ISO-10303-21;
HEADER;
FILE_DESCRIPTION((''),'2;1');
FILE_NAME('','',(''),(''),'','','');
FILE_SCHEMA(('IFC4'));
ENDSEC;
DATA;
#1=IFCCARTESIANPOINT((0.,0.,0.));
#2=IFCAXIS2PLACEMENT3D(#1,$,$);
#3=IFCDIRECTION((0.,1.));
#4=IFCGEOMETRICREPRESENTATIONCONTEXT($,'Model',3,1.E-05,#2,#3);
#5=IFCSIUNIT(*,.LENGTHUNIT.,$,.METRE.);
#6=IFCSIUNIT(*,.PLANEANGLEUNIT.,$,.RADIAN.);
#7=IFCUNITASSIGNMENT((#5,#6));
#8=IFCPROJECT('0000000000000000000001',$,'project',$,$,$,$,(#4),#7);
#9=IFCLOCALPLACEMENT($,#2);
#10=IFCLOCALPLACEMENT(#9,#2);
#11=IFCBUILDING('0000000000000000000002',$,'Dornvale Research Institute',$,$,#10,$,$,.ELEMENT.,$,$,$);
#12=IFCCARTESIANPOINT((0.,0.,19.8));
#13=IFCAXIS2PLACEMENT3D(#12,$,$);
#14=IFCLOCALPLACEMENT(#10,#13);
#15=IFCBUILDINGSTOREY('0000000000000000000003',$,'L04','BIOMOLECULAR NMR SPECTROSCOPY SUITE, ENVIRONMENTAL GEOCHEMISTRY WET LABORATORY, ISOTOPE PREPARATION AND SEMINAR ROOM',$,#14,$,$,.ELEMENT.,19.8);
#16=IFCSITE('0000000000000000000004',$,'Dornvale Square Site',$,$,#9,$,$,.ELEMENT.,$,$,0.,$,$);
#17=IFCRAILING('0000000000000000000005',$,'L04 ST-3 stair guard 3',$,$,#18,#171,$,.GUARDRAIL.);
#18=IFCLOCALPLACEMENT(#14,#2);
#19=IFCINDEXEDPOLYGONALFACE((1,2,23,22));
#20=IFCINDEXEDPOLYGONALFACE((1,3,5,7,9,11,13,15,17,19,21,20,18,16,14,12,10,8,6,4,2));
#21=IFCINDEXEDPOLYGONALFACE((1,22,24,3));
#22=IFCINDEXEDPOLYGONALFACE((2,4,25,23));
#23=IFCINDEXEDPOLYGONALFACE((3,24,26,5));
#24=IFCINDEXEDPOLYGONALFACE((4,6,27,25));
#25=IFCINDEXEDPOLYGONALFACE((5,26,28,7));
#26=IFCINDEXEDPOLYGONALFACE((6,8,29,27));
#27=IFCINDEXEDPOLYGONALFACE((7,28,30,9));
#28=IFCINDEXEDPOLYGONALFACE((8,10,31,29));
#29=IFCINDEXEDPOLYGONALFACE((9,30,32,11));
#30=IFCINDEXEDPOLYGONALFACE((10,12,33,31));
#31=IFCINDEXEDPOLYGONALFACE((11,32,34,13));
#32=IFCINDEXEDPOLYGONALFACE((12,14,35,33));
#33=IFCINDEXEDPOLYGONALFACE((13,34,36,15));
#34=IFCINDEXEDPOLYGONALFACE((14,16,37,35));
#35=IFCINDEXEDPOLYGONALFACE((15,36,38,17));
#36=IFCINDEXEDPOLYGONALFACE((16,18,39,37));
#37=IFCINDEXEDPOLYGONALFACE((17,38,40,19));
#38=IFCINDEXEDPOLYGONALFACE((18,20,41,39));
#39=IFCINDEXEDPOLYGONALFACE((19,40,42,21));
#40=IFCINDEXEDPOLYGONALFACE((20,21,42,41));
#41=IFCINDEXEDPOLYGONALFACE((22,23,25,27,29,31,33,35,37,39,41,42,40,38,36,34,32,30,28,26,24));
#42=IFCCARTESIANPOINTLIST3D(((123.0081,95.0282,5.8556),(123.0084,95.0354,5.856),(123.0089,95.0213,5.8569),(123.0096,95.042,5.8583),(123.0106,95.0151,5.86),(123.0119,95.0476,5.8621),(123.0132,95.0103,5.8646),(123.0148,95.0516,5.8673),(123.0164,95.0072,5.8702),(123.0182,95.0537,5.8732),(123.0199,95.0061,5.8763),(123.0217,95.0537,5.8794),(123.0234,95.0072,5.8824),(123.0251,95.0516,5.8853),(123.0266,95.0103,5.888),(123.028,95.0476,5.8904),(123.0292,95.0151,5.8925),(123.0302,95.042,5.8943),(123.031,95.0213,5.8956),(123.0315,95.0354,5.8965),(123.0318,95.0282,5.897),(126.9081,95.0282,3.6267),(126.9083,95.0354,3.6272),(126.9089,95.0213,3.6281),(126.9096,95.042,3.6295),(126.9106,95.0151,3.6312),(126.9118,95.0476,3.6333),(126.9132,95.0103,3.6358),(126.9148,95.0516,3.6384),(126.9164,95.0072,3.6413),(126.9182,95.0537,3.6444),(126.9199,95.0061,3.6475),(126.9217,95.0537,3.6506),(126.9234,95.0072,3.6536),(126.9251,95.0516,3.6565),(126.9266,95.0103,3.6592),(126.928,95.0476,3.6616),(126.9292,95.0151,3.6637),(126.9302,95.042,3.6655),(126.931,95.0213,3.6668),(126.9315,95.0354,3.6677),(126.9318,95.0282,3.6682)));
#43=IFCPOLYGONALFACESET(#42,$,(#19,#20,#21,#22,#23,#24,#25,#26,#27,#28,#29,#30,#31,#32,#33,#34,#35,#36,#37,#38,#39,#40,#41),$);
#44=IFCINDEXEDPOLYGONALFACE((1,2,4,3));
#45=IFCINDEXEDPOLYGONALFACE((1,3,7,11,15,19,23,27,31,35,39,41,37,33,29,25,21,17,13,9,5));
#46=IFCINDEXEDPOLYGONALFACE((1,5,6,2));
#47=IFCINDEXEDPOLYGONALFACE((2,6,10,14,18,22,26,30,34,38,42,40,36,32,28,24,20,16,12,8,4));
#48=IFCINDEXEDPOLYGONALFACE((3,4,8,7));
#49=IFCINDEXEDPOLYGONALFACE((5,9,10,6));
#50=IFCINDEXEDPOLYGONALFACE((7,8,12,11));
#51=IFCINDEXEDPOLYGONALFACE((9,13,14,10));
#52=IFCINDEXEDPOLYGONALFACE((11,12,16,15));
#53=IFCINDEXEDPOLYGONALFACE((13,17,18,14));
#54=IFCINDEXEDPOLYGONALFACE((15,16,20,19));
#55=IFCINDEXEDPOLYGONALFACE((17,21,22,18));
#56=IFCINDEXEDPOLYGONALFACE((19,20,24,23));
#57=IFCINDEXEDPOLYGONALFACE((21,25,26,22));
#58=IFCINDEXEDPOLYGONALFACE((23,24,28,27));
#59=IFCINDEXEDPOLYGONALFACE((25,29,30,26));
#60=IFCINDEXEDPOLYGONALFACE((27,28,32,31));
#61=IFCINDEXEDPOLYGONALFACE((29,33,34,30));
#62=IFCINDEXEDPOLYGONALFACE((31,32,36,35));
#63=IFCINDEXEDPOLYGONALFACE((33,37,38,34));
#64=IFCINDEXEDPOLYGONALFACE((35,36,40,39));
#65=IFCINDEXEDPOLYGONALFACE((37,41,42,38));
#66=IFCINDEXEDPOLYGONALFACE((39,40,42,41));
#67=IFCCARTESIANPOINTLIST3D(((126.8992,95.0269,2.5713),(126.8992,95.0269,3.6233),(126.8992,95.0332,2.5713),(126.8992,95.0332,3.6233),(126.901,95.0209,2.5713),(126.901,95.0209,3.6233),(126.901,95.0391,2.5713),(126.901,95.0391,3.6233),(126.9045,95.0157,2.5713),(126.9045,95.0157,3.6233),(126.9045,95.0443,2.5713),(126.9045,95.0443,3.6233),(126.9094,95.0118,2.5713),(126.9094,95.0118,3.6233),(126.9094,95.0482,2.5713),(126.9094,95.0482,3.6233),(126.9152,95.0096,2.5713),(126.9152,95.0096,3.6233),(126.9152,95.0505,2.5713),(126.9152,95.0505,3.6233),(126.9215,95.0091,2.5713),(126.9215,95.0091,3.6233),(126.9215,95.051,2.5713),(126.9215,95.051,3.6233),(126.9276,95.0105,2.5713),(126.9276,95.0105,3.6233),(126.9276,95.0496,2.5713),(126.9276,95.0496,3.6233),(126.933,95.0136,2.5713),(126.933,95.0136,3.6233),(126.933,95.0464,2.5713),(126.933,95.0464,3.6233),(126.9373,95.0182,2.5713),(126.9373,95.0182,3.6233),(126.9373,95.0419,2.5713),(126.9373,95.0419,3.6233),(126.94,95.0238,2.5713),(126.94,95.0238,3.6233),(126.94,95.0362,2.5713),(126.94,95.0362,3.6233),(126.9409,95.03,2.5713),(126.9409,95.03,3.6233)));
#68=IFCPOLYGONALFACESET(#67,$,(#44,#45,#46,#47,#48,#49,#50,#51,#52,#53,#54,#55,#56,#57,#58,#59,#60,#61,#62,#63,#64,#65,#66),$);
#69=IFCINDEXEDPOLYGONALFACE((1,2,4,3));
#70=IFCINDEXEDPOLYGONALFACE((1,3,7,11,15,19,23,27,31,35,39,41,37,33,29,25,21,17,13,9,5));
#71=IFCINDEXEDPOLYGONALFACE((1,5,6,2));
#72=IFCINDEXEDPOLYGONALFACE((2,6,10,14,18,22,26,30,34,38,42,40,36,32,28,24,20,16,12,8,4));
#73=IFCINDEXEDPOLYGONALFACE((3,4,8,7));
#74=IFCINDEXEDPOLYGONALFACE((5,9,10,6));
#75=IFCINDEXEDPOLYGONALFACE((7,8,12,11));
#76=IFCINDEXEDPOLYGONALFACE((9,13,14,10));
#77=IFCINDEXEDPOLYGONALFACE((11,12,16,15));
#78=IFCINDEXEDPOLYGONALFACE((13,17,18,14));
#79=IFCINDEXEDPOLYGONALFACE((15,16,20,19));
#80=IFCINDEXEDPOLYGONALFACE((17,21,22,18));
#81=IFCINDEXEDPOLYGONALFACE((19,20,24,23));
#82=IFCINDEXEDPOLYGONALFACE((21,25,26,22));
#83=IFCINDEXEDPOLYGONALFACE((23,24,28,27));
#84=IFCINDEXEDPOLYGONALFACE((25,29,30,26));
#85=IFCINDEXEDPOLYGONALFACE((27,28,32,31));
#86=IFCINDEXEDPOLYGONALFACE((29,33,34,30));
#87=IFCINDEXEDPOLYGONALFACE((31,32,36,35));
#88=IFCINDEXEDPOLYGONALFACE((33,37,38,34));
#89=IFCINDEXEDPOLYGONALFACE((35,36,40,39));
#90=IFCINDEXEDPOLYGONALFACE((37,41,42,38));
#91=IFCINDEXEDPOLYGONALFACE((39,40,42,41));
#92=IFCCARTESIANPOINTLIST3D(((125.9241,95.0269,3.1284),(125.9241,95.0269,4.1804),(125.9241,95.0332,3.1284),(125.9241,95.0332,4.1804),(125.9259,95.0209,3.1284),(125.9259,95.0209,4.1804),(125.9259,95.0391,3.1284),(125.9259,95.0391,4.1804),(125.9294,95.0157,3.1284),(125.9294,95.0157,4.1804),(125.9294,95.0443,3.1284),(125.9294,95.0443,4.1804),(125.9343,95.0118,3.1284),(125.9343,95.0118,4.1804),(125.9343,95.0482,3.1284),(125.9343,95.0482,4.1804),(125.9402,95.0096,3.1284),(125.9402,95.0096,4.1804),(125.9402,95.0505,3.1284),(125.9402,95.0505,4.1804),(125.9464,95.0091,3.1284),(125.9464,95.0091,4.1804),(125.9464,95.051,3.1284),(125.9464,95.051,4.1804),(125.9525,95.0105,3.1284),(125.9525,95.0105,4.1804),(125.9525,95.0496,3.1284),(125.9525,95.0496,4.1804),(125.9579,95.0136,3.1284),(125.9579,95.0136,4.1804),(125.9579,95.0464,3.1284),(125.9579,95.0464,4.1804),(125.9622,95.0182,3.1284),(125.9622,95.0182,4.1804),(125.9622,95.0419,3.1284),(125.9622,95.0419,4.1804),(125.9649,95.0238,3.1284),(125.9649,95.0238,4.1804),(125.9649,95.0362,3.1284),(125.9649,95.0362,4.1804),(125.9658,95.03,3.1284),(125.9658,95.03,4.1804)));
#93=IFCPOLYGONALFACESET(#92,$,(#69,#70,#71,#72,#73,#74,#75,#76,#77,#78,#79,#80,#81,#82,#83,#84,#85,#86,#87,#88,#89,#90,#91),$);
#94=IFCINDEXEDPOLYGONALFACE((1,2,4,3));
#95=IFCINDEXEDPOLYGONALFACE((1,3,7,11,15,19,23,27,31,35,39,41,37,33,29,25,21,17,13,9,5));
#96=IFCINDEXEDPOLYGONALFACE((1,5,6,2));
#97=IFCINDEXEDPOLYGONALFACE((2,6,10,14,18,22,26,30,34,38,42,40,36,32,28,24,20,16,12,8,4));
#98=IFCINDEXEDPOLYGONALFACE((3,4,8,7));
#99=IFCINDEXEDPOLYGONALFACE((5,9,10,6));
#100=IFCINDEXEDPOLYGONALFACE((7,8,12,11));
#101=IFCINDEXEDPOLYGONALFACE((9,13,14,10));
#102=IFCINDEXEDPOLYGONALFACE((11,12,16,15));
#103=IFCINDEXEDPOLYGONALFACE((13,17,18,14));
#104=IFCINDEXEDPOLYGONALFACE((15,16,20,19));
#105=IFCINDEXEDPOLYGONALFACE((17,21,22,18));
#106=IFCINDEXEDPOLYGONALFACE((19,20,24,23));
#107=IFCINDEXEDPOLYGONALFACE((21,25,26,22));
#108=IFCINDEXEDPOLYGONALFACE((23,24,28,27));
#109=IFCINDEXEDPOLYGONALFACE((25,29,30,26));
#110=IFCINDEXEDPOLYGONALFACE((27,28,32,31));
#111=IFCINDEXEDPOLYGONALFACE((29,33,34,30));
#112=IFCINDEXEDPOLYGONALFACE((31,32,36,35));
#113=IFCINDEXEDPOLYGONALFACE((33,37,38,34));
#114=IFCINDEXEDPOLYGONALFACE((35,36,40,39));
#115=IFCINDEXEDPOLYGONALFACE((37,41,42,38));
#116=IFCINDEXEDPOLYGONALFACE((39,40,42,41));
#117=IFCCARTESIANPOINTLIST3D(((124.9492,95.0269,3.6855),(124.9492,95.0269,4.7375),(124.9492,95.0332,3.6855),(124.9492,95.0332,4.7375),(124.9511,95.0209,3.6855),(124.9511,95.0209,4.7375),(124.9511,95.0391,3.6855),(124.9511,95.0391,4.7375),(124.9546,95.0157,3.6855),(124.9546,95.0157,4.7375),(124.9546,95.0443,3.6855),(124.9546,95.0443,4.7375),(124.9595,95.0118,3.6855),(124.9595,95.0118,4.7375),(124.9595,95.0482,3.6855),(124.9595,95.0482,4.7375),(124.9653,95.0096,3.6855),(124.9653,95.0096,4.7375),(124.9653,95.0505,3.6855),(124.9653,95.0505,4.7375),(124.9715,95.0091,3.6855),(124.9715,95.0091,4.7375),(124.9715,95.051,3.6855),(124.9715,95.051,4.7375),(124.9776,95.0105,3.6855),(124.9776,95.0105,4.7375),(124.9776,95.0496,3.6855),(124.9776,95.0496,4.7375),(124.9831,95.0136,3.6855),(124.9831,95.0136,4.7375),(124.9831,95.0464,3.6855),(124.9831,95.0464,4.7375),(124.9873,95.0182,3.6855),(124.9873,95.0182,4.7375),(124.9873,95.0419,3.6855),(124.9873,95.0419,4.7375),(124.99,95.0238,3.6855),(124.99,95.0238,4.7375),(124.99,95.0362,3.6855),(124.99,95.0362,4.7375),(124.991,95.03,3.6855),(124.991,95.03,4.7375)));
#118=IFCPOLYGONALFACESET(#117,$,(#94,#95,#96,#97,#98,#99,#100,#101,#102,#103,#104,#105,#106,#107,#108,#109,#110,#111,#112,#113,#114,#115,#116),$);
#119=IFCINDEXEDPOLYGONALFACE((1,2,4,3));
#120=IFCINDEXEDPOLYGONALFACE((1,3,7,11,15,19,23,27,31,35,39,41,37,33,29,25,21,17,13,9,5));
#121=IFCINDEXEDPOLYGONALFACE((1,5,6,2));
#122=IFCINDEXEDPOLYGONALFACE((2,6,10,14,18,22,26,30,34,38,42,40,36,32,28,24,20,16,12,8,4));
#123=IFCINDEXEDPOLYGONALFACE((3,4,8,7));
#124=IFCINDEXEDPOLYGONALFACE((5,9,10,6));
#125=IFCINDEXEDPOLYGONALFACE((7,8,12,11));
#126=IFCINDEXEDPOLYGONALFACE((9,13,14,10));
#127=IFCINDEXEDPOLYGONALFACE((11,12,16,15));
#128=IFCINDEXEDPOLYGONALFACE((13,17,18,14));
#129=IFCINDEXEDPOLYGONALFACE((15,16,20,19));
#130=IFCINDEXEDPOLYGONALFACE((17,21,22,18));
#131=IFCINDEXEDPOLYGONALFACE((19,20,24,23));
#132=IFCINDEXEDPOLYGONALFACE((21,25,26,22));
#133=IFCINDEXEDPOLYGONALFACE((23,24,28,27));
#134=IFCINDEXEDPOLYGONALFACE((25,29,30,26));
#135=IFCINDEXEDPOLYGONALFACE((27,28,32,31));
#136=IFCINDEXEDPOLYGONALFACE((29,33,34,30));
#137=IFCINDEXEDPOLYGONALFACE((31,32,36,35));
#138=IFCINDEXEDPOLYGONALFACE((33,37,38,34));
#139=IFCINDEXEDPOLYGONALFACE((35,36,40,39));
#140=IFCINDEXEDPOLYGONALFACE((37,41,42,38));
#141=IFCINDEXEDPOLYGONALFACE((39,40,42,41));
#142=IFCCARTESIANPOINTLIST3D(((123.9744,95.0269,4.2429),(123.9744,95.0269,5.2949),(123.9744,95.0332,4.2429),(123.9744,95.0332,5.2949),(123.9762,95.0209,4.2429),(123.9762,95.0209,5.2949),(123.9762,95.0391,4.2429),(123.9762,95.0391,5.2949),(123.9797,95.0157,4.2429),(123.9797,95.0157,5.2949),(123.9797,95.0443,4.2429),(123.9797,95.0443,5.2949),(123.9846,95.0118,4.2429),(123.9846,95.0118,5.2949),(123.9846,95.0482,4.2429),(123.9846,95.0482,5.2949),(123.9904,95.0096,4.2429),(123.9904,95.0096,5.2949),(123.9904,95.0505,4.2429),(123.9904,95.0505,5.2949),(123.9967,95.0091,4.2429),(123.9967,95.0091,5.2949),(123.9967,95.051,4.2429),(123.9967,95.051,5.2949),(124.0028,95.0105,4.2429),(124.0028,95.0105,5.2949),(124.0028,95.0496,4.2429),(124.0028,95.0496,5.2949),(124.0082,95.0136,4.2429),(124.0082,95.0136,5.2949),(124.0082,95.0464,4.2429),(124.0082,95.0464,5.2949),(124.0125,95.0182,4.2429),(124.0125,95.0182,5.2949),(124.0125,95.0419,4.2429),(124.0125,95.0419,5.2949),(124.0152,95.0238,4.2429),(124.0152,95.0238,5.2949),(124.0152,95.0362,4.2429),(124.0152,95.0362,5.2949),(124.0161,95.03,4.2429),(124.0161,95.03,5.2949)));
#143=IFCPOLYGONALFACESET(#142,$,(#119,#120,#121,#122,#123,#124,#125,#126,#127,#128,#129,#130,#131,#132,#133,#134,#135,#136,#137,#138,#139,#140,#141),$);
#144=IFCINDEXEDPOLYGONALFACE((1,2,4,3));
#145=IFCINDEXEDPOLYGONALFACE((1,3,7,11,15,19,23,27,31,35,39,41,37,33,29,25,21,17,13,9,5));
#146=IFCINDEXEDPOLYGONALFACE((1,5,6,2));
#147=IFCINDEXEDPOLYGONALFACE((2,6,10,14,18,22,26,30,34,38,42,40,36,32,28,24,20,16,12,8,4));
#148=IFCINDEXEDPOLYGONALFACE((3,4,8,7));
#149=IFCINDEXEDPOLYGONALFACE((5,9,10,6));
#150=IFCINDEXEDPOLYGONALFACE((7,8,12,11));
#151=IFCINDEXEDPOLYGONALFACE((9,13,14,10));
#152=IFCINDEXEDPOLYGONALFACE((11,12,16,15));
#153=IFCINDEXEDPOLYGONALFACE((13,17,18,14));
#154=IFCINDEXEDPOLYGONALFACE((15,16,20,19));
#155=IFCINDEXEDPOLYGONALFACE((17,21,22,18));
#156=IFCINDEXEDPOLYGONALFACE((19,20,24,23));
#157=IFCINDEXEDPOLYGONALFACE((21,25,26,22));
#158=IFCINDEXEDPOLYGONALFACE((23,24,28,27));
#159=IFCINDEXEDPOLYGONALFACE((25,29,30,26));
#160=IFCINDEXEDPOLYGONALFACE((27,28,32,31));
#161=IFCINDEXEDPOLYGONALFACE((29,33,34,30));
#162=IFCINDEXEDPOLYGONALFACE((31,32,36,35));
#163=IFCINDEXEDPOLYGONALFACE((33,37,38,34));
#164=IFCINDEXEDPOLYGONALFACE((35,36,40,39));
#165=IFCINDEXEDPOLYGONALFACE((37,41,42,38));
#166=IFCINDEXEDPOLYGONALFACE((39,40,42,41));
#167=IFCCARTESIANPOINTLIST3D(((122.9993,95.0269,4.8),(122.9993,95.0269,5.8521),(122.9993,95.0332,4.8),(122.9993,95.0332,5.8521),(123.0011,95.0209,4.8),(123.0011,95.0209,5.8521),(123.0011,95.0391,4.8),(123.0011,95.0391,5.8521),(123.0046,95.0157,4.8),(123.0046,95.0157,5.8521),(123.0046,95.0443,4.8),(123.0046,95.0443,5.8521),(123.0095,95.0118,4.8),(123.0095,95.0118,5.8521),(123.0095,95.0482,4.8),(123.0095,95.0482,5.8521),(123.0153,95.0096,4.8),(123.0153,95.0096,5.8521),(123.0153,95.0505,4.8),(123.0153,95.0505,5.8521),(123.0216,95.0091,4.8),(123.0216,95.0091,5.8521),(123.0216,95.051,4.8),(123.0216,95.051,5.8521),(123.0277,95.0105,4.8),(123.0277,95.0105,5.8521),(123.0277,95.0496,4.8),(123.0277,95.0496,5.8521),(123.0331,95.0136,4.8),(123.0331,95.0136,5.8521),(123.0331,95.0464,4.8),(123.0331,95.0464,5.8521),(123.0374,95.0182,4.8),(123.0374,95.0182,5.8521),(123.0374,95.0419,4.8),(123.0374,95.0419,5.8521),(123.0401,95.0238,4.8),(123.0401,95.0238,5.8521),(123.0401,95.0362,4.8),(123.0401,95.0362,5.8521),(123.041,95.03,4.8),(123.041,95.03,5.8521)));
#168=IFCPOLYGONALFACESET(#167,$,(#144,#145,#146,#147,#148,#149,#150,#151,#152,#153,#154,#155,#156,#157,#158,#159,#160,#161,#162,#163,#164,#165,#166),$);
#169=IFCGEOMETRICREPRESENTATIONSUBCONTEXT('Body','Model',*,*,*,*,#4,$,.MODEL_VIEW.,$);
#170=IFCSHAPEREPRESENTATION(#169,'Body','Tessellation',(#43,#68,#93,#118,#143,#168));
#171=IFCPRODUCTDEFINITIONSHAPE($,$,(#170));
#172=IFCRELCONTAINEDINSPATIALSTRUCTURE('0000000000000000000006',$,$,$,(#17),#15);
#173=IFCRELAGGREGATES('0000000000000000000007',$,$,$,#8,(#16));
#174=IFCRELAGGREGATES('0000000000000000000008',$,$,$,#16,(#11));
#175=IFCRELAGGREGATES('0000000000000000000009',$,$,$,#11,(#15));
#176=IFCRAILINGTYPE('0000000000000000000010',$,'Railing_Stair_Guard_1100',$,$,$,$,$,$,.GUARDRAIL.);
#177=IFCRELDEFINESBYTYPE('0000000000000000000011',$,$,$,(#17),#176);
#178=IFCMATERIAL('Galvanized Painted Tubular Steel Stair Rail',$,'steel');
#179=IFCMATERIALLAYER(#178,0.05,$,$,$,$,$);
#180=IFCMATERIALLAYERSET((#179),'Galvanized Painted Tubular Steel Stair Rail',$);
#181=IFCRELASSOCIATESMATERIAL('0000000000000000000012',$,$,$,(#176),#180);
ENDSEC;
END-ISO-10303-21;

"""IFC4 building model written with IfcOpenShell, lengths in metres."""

from ifc_helpers import new_model, si_unit, direction, frame, origin, origin_2d, place, context, subcontext, project, spatial, circle, extrude, material, layer, layer_set, type_object, element, save


model = new_model("IFC4")

# Units and contexts
model_context = context("Model", 3, precision=1e-05, world=origin(), true_north=direction((0.0, 1.0)))
body_context = subcontext(model_context, "Body", "Model", "MODEL_VIEW")
ifc_project = project(units=[si_unit("LENGTHUNIT", "METRE"), si_unit("PLANEANGLEUNIT", "RADIAN")], contexts=[model_context])

# Site, building, storey
site_placement = place(None, origin())
site = spatial("IfcSite", under=ifc_project, at=site_placement, Name="Dornvale Square Site", CompositionType="ELEMENT", RefElevation=0.0)
building_placement = place(site_placement, origin())
building = spatial("IfcBuilding", under=site, at=building_placement, Name="Dornvale Research Institute", CompositionType="ELEMENT")
storey_placement = place(building_placement, frame((0.0, 0.0, 19.8)))
storey = spatial("IfcBuildingStorey", under=building, at=storey_placement, Name="L04", Description="BIOMOLECULAR NMR SPECTROSCOPY SUITE, ENVIRONMENTAL GEOCHEMISTRY WET LABORATORY, ISOTOPE PREPARATION AND SEMINAR ROOM", CompositionType="ELEMENT", Elevation=19.8)

# Railing
ifc_material_1 = material(Name="Galvanized Painted Tubular Steel Stair Rail", Category="steel")
ifc_layer_1 = layer(ifc_material_1, 0.05)
ifc_layer_set_1 = layer_set([ifc_layer_1], Name="Galvanized Painted Tubular Steel Stair Rail")
railing_type_1 = type_object("IfcRailingType", Name="Railing_Stair_Guard_1100", PredefinedType="GUARDRAIL", material=ifc_layer_set_1)
railing_1_placement = place(storey_placement, frame((126.9199, 95.03, 2.5713)))
element("IfcRailing", 1, at=railing_1_placement, inside=storey, type_object=railing_type_1, Name="L04 ST-3 stair guard 3", PredefinedType="GUARDRAIL", context=body_context, shape_type="SweptSolid", body=[
    extrude(circle(Radius=0.0239, at=origin_2d()), frame((0.0, 0.0, 1.0762), z_axis=(-0.86822, 0.0, 0.49618), x_axis=(0.0, -1.0, 0.0)), (0.0, 0.0, 1.0), 4.4919),
    extrude(circle(Radius=0.021, at=origin_2d()), origin(), (0.0, 0.0, 1.0), 1.052),
    extrude(circle(Radius=0.021, at=origin_2d()), frame((-0.9751, 0.0, 0.5571)), (0.0, 0.0, 1.0), 1.052),
    extrude(circle(Radius=0.021, at=origin_2d()), frame((-1.95, 0.0, 1.1143)), (0.0, 0.0, 1.0), 1.052),
    extrude(circle(Radius=0.021, at=origin_2d()), frame((-2.9248, 0.0, 1.6716)), (0.0, 0.0, 1.0), 1.052),
    extrude(circle(Radius=0.021, at=origin_2d()), frame((-3.8999, 0.0, 2.2288)), (0.0, 0.0, 1.0), 1.052),
])

save(model, "model.ifc")
